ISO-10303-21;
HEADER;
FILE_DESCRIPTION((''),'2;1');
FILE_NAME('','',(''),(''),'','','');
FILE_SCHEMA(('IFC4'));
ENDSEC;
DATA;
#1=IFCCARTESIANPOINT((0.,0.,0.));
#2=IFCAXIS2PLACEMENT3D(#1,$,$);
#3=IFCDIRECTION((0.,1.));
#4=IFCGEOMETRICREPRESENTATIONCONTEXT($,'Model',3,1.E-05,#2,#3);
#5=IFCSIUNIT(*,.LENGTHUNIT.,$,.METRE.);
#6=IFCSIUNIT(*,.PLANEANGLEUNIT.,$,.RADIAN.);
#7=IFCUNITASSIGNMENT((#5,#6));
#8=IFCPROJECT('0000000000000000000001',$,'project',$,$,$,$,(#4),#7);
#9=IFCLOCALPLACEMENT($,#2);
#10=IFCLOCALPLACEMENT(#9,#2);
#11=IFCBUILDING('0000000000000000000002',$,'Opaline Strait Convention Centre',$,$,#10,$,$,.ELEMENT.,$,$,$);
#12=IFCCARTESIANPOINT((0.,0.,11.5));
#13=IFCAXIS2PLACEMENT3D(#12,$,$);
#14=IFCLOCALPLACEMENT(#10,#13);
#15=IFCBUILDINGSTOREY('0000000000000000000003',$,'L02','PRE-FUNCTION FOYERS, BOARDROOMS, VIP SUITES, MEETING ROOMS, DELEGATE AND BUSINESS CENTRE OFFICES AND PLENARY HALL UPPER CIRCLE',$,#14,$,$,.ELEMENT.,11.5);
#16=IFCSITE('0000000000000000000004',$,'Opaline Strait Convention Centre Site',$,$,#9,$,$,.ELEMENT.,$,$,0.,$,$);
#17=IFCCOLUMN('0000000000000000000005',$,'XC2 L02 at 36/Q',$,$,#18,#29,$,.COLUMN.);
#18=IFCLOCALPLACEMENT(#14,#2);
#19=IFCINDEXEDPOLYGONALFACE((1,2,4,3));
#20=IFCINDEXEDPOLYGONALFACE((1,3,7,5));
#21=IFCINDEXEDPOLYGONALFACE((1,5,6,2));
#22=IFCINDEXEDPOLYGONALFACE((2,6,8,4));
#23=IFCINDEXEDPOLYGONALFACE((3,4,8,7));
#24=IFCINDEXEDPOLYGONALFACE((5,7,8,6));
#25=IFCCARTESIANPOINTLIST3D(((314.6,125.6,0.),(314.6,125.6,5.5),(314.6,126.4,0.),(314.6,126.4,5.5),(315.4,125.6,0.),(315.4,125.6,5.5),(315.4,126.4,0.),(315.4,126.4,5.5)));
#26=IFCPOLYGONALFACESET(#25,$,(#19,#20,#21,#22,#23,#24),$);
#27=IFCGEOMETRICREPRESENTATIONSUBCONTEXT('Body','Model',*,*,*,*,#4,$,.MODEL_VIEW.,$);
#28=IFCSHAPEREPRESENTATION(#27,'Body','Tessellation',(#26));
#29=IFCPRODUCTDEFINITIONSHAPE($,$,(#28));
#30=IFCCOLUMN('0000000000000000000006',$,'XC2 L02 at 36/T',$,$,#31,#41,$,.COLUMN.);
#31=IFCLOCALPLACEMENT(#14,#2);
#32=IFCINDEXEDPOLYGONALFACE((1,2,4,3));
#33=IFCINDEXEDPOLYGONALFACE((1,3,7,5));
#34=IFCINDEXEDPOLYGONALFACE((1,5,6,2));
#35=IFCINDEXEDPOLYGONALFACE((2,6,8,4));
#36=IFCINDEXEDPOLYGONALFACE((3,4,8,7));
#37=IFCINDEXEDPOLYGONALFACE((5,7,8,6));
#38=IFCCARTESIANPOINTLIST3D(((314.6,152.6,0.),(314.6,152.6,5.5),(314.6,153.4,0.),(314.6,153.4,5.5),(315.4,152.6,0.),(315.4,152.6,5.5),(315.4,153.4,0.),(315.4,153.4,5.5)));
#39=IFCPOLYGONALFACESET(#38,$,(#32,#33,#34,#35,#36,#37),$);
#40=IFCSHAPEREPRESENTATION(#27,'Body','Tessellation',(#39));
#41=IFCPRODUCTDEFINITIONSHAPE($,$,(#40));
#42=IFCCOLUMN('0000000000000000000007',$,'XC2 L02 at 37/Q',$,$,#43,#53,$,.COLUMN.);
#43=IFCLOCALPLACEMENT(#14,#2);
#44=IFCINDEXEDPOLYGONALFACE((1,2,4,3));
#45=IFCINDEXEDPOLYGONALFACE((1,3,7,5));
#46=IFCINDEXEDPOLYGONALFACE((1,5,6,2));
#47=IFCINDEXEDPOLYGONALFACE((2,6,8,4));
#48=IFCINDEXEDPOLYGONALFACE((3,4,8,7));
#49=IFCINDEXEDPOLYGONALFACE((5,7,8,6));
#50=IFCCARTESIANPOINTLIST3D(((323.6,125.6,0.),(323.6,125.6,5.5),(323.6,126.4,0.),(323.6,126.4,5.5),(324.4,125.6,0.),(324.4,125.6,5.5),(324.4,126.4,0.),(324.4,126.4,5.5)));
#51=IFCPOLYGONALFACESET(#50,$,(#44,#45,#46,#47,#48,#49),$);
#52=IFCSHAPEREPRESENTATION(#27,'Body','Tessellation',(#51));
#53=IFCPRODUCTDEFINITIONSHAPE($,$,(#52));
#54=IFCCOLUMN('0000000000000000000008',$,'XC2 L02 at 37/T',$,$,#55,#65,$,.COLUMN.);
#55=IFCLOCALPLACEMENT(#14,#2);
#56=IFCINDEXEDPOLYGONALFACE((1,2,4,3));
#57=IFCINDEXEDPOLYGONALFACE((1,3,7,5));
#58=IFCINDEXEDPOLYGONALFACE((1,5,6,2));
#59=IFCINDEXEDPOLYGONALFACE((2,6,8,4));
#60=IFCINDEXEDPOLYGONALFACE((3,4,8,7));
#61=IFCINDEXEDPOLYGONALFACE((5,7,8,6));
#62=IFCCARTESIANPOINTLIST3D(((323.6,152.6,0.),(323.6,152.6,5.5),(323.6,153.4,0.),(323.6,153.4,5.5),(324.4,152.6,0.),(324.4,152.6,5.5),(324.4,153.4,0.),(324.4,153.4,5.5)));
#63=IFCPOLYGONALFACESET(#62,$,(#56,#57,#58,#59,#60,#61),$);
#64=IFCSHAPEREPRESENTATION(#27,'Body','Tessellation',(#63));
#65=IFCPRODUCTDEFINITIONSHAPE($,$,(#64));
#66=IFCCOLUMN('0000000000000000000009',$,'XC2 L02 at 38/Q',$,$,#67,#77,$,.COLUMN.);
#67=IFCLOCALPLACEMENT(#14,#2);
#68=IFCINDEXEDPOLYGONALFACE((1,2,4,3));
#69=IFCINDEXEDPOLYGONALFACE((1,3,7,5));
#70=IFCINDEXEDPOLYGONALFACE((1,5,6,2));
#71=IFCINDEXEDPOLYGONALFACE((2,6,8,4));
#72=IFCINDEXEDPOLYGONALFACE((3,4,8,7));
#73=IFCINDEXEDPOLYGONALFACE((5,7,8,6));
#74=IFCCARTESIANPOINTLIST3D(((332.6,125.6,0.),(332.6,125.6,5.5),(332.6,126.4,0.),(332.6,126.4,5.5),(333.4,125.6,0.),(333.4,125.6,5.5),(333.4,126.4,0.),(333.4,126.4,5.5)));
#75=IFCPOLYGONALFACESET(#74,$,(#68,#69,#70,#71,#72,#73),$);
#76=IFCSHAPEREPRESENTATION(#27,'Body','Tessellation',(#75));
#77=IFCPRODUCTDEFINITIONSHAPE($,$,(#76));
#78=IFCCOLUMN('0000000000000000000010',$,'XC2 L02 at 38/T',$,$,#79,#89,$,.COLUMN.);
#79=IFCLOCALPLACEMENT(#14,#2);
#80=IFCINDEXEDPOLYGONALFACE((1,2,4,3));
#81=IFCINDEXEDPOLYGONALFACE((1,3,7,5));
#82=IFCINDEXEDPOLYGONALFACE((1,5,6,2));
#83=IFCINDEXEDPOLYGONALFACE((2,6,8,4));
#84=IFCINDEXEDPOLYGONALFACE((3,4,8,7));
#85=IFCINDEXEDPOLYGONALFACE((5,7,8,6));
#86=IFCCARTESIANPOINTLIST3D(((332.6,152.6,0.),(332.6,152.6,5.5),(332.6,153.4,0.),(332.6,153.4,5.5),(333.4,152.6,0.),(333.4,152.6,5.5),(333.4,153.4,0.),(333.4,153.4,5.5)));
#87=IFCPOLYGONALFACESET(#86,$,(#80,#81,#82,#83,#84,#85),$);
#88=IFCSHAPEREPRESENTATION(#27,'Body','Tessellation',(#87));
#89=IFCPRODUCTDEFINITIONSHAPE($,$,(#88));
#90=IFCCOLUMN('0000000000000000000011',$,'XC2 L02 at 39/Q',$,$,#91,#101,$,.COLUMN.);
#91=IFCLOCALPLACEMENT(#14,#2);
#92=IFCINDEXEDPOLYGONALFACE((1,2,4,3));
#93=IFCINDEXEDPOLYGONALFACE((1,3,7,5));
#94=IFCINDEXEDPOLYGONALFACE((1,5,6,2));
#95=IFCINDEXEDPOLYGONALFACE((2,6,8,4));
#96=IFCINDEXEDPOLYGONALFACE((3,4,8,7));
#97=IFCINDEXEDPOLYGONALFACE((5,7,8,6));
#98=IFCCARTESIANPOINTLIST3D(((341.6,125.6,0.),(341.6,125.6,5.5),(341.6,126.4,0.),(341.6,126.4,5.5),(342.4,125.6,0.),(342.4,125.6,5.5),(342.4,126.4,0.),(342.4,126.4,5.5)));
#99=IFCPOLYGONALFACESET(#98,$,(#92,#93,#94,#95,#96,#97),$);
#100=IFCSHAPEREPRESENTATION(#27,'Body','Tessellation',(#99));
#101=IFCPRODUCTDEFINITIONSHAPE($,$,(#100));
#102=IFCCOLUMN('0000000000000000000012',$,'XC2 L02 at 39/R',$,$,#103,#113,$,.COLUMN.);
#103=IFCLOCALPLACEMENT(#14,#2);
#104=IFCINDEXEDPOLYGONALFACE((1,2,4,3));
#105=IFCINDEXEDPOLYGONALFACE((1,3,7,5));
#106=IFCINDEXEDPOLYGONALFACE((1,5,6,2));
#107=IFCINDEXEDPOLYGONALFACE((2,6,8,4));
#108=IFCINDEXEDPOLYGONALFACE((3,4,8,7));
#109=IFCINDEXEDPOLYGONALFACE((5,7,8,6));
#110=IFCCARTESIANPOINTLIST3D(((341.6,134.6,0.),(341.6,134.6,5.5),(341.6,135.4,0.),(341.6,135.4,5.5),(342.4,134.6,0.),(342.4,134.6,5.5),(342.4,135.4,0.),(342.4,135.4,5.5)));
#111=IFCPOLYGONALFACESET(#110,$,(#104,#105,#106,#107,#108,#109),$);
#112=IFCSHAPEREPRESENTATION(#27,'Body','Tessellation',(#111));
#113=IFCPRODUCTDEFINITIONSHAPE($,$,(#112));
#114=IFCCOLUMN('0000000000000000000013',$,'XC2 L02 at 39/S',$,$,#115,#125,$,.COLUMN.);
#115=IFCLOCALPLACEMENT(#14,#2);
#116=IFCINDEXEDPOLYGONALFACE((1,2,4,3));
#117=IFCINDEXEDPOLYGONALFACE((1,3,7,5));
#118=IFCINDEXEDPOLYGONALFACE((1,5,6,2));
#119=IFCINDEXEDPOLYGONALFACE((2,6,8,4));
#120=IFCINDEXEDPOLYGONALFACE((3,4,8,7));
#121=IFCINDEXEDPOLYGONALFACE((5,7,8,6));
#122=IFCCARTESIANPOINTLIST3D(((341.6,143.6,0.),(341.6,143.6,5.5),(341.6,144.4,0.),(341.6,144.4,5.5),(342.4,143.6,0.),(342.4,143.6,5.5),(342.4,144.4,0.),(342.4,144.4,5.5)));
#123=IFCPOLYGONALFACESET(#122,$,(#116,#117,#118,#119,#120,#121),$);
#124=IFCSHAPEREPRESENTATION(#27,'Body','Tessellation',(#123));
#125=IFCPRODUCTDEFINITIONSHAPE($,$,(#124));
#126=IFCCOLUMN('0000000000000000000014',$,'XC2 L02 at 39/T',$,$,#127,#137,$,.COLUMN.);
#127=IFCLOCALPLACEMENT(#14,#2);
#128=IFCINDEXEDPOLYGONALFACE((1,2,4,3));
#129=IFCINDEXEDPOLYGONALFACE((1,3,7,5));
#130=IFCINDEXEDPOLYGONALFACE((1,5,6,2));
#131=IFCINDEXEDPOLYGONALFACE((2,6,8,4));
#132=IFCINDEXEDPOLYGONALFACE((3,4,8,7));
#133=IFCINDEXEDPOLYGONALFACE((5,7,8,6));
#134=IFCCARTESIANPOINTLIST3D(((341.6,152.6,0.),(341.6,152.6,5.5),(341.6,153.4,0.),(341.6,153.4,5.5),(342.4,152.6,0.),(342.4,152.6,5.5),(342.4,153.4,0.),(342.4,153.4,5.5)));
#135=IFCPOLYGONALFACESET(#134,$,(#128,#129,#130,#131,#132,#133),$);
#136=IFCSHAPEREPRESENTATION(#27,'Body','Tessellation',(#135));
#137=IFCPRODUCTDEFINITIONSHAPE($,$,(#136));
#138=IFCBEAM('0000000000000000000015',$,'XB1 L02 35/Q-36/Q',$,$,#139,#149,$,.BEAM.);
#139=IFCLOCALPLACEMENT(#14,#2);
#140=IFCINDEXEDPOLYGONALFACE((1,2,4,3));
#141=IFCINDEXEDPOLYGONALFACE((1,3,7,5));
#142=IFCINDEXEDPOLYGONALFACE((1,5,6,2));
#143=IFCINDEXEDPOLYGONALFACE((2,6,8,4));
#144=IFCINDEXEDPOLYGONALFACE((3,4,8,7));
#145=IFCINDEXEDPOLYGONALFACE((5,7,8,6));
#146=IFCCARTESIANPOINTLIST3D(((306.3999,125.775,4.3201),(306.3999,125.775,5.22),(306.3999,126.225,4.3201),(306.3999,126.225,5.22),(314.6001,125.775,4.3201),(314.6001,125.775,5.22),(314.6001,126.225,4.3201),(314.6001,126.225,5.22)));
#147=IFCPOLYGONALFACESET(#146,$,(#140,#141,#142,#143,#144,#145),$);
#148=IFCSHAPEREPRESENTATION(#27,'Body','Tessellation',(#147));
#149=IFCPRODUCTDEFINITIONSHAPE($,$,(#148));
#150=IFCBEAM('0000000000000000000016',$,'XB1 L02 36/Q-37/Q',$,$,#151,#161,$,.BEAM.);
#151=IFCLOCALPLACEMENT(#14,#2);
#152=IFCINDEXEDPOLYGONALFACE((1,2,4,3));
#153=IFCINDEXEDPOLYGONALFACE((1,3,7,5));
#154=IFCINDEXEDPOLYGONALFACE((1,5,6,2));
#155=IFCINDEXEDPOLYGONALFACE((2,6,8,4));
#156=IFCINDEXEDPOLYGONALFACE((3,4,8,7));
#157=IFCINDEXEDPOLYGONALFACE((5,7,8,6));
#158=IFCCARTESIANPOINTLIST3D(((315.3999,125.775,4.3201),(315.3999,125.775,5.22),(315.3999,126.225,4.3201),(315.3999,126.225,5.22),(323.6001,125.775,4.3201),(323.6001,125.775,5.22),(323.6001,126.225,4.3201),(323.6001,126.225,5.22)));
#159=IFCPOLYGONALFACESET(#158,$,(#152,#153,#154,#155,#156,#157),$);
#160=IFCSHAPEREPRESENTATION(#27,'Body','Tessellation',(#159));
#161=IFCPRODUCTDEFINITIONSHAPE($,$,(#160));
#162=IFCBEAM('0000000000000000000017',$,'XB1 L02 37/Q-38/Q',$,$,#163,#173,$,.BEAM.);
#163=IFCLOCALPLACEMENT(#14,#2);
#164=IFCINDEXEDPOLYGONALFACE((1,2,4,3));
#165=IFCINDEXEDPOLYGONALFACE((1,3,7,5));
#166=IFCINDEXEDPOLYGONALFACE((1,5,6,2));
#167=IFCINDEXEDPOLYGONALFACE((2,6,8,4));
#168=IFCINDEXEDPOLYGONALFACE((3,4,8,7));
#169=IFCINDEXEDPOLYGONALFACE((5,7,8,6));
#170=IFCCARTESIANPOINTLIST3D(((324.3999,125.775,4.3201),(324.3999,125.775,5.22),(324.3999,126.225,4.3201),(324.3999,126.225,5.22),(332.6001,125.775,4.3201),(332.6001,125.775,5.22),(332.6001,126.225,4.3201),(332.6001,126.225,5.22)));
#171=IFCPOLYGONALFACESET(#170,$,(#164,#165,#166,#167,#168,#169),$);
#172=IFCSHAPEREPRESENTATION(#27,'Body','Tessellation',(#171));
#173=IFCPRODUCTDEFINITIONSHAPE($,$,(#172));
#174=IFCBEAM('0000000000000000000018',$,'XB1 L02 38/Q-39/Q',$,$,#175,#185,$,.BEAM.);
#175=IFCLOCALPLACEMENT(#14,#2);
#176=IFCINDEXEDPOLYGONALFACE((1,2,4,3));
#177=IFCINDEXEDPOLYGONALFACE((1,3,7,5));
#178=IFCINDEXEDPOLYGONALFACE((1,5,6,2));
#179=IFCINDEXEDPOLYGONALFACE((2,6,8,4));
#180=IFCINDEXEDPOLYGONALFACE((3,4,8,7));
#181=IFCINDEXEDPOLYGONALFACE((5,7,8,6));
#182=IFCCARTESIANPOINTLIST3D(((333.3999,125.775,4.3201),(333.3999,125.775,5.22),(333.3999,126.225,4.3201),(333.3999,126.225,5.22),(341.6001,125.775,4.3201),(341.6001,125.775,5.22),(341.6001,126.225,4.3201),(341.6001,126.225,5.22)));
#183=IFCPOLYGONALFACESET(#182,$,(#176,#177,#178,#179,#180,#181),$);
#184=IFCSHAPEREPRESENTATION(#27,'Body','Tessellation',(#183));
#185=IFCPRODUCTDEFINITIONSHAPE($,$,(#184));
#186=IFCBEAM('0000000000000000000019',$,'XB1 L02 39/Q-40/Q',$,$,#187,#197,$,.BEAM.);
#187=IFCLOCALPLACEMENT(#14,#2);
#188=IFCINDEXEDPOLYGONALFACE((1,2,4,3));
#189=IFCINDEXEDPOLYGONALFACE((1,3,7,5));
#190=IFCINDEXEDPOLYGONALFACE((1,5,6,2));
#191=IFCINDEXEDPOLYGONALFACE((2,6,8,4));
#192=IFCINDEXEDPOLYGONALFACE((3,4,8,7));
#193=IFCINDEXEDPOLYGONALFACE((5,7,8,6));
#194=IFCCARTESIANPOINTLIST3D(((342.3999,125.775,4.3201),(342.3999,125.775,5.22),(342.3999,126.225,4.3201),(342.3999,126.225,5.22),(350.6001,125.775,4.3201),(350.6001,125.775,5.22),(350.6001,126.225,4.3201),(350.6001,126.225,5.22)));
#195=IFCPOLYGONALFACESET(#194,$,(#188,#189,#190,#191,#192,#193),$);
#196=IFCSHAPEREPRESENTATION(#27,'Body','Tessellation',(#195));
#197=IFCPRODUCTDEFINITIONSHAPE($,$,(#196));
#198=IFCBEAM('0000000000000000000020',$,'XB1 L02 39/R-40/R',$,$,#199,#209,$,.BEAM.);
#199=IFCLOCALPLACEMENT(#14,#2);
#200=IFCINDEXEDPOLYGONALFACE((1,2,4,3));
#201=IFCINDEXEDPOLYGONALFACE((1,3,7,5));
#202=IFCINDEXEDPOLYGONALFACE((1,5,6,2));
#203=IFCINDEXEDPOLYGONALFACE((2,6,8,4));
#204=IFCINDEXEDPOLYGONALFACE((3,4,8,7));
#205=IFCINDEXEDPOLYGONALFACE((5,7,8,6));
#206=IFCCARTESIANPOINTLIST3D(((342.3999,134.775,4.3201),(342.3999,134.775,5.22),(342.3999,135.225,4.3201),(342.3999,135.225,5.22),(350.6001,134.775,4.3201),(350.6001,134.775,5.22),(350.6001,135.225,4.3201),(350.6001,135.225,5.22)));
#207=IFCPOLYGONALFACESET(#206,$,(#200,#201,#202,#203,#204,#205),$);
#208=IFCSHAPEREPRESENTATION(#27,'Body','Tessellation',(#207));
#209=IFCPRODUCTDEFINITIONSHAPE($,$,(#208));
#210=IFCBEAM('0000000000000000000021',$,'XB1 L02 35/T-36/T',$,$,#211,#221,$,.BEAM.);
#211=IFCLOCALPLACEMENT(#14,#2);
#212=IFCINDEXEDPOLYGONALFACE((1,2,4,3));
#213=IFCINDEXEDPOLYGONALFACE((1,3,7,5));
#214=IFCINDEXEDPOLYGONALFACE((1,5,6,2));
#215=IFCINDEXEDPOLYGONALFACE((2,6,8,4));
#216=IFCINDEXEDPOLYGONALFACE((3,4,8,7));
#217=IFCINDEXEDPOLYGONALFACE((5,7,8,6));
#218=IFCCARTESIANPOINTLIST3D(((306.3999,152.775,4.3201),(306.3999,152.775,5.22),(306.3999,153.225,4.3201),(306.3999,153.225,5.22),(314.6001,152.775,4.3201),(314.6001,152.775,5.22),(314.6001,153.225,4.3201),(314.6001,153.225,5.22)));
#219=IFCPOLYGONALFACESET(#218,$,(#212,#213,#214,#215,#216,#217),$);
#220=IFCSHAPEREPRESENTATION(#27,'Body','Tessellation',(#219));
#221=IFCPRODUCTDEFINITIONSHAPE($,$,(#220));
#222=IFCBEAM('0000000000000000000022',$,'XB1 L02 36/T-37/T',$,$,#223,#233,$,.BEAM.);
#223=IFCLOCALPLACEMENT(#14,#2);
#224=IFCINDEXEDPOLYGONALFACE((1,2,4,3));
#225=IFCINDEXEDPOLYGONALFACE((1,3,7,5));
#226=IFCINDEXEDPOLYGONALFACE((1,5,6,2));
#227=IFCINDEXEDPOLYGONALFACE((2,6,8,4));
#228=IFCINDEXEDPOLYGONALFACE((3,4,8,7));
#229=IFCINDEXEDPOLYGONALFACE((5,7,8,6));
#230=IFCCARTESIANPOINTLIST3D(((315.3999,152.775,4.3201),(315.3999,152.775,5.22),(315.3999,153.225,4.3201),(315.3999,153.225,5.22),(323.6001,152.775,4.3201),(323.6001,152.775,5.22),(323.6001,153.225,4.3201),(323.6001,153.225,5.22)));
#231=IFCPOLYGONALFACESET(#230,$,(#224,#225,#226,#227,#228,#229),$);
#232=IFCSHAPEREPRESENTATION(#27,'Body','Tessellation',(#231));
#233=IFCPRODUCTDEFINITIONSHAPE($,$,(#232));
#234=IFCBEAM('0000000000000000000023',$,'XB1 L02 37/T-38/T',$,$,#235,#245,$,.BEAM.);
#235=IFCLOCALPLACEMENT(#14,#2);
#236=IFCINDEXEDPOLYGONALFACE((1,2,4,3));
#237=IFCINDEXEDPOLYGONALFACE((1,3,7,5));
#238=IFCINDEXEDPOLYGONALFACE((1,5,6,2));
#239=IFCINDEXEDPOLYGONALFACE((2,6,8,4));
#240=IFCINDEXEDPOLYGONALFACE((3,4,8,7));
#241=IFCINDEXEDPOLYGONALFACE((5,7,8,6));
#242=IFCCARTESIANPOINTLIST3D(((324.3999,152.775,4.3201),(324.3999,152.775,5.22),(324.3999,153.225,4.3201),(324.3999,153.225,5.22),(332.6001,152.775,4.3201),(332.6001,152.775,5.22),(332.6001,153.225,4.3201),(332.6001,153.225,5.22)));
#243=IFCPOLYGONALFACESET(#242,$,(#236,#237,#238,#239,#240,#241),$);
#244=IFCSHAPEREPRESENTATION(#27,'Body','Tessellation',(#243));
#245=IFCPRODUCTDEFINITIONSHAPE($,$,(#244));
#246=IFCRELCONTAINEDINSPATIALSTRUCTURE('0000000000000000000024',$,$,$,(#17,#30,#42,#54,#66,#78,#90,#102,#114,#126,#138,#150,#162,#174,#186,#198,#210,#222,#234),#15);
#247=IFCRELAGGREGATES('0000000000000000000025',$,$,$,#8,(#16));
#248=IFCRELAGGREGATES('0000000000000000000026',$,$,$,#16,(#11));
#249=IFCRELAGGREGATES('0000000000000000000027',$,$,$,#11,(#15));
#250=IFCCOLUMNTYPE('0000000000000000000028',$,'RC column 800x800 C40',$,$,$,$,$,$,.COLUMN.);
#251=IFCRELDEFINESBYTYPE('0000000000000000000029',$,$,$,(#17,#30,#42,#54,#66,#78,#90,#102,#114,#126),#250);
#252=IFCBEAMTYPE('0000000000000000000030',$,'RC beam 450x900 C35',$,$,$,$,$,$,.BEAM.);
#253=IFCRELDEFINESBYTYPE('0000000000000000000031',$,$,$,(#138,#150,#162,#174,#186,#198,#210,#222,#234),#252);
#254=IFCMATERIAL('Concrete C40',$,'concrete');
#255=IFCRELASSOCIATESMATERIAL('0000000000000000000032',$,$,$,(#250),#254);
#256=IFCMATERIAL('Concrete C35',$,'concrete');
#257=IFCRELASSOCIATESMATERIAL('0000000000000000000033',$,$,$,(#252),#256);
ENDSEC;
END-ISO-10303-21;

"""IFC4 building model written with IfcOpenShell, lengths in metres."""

from ifc_helpers import new_model, si_unit, direction, frame, origin, origin_2d, place, context, subcontext, project, spatial, rectangle, extrude, material, material_profile, profile_set, type_object, element, save


model = new_model("IFC4")

# Units and contexts
model_context = context("Model", 3, precision=1e-05, world=origin(), true_north=direction((0.0, 1.0)))
body_context = subcontext(model_context, "Body", "Model", "MODEL_VIEW")
ifc_project = project(units=[si_unit("LENGTHUNIT", "METRE"), si_unit("PLANEANGLEUNIT", "RADIAN")], contexts=[model_context])

# Site, building, storey
site_placement = place(None, origin())
site = spatial("IfcSite", under=ifc_project, at=site_placement, Name="Opaline Strait Convention Centre Site", CompositionType="ELEMENT", RefElevation=0.0)
building_placement = place(site_placement, origin())
building = spatial("IfcBuilding", under=site, at=building_placement, Name="Opaline Strait Convention Centre", CompositionType="ELEMENT")
storey_placement = place(building_placement, frame((0.0, 0.0, 11.5)))
storey = spatial("IfcBuildingStorey", under=building, at=storey_placement, Name="L02", Description="PRE-FUNCTION FOYERS, BOARDROOMS, VIP SUITES, MEETING ROOMS, DELEGATE AND BUSINESS CENTRE OFFICES AND PLENARY HALL UPPER CIRCLE", CompositionType="ELEMENT", Elevation=11.5)

# Columns
ifc_material_1 = material(Name="Concrete C40", Category="concrete")
ifc_material_profile_1 = material_profile(ifc_material_1, rectangle(XDim=0.8, YDim=0.8, at=origin_2d()), Name="RC 800x800")
ifc_profile_set_1 = profile_set([ifc_material_profile_1], Name="Concrete C40")
column_type = type_object("IfcColumnType", Name="RC column 800x800 C40", PredefinedType="COLUMN", material=ifc_profile_set_1)
for number, where, z_axis, x_axis, name in (
    (1, (315.0, 126.0, 0.0), (0.0, 0.0, 1.0), (1.0, 0.0, 0.0), "XC2 L02 at 36/Q"),
    (2, (315.0, 153.0, 0.0), (0.0, 0.0, 1.0), (1.0, 0.0, 0.0), "XC2 L02 at 36/T"),
    (3, (324.0, 126.0, 0.0), (0.0, 0.0, 1.0), (1.0, 0.0, 0.0), "XC2 L02 at 37/Q"),
    (4, (324.0, 153.0, 0.0), (0.0, 0.0, 1.0), (1.0, 0.0, 0.0), "XC2 L02 at 37/T"),
    (5, (333.0, 126.0, 0.0), (0.0, 0.0, 1.0), (1.0, 0.0, 0.0), "XC2 L02 at 38/Q"),
    (6, (333.0, 153.0, 0.0), (0.0, 0.0, 1.0), (1.0, 0.0, 0.0), "XC2 L02 at 38/T"),
    (7, (342.0, 126.0, 0.0), (0.0, 0.0, 1.0), (1.0, 0.0, 0.0), "XC2 L02 at 39/Q"),
    (8, (342.0, 135.0, 0.0), (0.0, 0.0, 1.0), (1.0, 0.0, 0.0), "XC2 L02 at 39/R"),
    (9, (342.0, 144.0, 0.0), (0.0, 0.0, 1.0), (1.0, 0.0, 0.0), "XC2 L02 at 39/S"),
    (10, (342.0, 153.0, 0.0), (0.0, 0.0, 1.0), (1.0, 0.0, 0.0), "XC2 L02 at 39/T"),
):
    element("IfcColumn", number, at=place(storey_placement, frame(where, z_axis=z_axis, x_axis=x_axis)), inside=storey, type_object=column_type, Name=name, PredefinedType="COLUMN", context=body_context, shape_type="SweptSolid", body=[
        extrude(rectangle(XDim=0.8, YDim=0.8, at=origin_2d()), origin(), (0.0, 0.0, 1.0), 5.5),
    ])

# Beams
ifc_material_2 = material(Name="Concrete C35", Category="concrete")
ifc_material_profile_2 = material_profile(ifc_material_2, rectangle(XDim=0.45, YDim=0.8999, at=origin_2d()), Name="RC 450x900")
ifc_profile_set_2 = profile_set([ifc_material_profile_2], Name="Concrete C35")
beam_type = type_object("IfcBeamType", Name="RC beam 450x900 C35", PredefinedType="BEAM", material=ifc_profile_set_2)
for number, where, z_axis, x_axis, name in (
    (11, (306.3999, 126.0, 4.77), (1.0, 0.0, 0.0), (0.0, 1.0, 0.0), "XB1 L02 35/Q-36/Q"),
    (12, (315.3999, 126.0, 4.77), (1.0, 0.0, 0.0), (0.0, 1.0, 0.0), "XB1 L02 36/Q-37/Q"),
    (13, (324.3999, 126.0, 4.77), (1.0, 0.0, 0.0), (0.0, 1.0, 0.0), "XB1 L02 37/Q-38/Q"),
    (14, (333.3999, 126.0, 4.77), (1.0, 0.0, 0.0), (0.0, 1.0, 0.0), "XB1 L02 38/Q-39/Q"),
    (15, (342.3999, 126.0, 4.77), (1.0, 0.0, 0.0), (0.0, 1.0, 0.0), "XB1 L02 39/Q-40/Q"),
    (16, (342.3999, 135.0, 4.77), (1.0, 0.0, 0.0), (0.0, 1.0, 0.0), "XB1 L02 39/R-40/R"),
    (17, (306.3999, 153.0, 4.77), (1.0, 0.0, 0.0), (0.0, 1.0, 0.0), "XB1 L02 35/T-36/T"),
    (18, (315.3999, 153.0, 4.77), (1.0, 0.0, 0.0), (0.0, 1.0, 0.0), "XB1 L02 36/T-37/T"),
    (19, (324.3999, 153.0, 4.77), (1.0, 0.0, 0.0), (0.0, 1.0, 0.0), "XB1 L02 37/T-38/T"),
):
    element("IfcBeam", number, at=place(storey_placement, frame(where, z_axis=z_axis, x_axis=x_axis)), inside=storey, type_object=beam_type, Name=name, PredefinedType="BEAM", context=body_context, shape_type="SweptSolid", body=[
        extrude(rectangle(XDim=0.45, YDim=0.8999, at=origin_2d()), origin(), (0.0, 0.0, 1.0), 8.2002),
    ])

save(model, "model.ifc")
